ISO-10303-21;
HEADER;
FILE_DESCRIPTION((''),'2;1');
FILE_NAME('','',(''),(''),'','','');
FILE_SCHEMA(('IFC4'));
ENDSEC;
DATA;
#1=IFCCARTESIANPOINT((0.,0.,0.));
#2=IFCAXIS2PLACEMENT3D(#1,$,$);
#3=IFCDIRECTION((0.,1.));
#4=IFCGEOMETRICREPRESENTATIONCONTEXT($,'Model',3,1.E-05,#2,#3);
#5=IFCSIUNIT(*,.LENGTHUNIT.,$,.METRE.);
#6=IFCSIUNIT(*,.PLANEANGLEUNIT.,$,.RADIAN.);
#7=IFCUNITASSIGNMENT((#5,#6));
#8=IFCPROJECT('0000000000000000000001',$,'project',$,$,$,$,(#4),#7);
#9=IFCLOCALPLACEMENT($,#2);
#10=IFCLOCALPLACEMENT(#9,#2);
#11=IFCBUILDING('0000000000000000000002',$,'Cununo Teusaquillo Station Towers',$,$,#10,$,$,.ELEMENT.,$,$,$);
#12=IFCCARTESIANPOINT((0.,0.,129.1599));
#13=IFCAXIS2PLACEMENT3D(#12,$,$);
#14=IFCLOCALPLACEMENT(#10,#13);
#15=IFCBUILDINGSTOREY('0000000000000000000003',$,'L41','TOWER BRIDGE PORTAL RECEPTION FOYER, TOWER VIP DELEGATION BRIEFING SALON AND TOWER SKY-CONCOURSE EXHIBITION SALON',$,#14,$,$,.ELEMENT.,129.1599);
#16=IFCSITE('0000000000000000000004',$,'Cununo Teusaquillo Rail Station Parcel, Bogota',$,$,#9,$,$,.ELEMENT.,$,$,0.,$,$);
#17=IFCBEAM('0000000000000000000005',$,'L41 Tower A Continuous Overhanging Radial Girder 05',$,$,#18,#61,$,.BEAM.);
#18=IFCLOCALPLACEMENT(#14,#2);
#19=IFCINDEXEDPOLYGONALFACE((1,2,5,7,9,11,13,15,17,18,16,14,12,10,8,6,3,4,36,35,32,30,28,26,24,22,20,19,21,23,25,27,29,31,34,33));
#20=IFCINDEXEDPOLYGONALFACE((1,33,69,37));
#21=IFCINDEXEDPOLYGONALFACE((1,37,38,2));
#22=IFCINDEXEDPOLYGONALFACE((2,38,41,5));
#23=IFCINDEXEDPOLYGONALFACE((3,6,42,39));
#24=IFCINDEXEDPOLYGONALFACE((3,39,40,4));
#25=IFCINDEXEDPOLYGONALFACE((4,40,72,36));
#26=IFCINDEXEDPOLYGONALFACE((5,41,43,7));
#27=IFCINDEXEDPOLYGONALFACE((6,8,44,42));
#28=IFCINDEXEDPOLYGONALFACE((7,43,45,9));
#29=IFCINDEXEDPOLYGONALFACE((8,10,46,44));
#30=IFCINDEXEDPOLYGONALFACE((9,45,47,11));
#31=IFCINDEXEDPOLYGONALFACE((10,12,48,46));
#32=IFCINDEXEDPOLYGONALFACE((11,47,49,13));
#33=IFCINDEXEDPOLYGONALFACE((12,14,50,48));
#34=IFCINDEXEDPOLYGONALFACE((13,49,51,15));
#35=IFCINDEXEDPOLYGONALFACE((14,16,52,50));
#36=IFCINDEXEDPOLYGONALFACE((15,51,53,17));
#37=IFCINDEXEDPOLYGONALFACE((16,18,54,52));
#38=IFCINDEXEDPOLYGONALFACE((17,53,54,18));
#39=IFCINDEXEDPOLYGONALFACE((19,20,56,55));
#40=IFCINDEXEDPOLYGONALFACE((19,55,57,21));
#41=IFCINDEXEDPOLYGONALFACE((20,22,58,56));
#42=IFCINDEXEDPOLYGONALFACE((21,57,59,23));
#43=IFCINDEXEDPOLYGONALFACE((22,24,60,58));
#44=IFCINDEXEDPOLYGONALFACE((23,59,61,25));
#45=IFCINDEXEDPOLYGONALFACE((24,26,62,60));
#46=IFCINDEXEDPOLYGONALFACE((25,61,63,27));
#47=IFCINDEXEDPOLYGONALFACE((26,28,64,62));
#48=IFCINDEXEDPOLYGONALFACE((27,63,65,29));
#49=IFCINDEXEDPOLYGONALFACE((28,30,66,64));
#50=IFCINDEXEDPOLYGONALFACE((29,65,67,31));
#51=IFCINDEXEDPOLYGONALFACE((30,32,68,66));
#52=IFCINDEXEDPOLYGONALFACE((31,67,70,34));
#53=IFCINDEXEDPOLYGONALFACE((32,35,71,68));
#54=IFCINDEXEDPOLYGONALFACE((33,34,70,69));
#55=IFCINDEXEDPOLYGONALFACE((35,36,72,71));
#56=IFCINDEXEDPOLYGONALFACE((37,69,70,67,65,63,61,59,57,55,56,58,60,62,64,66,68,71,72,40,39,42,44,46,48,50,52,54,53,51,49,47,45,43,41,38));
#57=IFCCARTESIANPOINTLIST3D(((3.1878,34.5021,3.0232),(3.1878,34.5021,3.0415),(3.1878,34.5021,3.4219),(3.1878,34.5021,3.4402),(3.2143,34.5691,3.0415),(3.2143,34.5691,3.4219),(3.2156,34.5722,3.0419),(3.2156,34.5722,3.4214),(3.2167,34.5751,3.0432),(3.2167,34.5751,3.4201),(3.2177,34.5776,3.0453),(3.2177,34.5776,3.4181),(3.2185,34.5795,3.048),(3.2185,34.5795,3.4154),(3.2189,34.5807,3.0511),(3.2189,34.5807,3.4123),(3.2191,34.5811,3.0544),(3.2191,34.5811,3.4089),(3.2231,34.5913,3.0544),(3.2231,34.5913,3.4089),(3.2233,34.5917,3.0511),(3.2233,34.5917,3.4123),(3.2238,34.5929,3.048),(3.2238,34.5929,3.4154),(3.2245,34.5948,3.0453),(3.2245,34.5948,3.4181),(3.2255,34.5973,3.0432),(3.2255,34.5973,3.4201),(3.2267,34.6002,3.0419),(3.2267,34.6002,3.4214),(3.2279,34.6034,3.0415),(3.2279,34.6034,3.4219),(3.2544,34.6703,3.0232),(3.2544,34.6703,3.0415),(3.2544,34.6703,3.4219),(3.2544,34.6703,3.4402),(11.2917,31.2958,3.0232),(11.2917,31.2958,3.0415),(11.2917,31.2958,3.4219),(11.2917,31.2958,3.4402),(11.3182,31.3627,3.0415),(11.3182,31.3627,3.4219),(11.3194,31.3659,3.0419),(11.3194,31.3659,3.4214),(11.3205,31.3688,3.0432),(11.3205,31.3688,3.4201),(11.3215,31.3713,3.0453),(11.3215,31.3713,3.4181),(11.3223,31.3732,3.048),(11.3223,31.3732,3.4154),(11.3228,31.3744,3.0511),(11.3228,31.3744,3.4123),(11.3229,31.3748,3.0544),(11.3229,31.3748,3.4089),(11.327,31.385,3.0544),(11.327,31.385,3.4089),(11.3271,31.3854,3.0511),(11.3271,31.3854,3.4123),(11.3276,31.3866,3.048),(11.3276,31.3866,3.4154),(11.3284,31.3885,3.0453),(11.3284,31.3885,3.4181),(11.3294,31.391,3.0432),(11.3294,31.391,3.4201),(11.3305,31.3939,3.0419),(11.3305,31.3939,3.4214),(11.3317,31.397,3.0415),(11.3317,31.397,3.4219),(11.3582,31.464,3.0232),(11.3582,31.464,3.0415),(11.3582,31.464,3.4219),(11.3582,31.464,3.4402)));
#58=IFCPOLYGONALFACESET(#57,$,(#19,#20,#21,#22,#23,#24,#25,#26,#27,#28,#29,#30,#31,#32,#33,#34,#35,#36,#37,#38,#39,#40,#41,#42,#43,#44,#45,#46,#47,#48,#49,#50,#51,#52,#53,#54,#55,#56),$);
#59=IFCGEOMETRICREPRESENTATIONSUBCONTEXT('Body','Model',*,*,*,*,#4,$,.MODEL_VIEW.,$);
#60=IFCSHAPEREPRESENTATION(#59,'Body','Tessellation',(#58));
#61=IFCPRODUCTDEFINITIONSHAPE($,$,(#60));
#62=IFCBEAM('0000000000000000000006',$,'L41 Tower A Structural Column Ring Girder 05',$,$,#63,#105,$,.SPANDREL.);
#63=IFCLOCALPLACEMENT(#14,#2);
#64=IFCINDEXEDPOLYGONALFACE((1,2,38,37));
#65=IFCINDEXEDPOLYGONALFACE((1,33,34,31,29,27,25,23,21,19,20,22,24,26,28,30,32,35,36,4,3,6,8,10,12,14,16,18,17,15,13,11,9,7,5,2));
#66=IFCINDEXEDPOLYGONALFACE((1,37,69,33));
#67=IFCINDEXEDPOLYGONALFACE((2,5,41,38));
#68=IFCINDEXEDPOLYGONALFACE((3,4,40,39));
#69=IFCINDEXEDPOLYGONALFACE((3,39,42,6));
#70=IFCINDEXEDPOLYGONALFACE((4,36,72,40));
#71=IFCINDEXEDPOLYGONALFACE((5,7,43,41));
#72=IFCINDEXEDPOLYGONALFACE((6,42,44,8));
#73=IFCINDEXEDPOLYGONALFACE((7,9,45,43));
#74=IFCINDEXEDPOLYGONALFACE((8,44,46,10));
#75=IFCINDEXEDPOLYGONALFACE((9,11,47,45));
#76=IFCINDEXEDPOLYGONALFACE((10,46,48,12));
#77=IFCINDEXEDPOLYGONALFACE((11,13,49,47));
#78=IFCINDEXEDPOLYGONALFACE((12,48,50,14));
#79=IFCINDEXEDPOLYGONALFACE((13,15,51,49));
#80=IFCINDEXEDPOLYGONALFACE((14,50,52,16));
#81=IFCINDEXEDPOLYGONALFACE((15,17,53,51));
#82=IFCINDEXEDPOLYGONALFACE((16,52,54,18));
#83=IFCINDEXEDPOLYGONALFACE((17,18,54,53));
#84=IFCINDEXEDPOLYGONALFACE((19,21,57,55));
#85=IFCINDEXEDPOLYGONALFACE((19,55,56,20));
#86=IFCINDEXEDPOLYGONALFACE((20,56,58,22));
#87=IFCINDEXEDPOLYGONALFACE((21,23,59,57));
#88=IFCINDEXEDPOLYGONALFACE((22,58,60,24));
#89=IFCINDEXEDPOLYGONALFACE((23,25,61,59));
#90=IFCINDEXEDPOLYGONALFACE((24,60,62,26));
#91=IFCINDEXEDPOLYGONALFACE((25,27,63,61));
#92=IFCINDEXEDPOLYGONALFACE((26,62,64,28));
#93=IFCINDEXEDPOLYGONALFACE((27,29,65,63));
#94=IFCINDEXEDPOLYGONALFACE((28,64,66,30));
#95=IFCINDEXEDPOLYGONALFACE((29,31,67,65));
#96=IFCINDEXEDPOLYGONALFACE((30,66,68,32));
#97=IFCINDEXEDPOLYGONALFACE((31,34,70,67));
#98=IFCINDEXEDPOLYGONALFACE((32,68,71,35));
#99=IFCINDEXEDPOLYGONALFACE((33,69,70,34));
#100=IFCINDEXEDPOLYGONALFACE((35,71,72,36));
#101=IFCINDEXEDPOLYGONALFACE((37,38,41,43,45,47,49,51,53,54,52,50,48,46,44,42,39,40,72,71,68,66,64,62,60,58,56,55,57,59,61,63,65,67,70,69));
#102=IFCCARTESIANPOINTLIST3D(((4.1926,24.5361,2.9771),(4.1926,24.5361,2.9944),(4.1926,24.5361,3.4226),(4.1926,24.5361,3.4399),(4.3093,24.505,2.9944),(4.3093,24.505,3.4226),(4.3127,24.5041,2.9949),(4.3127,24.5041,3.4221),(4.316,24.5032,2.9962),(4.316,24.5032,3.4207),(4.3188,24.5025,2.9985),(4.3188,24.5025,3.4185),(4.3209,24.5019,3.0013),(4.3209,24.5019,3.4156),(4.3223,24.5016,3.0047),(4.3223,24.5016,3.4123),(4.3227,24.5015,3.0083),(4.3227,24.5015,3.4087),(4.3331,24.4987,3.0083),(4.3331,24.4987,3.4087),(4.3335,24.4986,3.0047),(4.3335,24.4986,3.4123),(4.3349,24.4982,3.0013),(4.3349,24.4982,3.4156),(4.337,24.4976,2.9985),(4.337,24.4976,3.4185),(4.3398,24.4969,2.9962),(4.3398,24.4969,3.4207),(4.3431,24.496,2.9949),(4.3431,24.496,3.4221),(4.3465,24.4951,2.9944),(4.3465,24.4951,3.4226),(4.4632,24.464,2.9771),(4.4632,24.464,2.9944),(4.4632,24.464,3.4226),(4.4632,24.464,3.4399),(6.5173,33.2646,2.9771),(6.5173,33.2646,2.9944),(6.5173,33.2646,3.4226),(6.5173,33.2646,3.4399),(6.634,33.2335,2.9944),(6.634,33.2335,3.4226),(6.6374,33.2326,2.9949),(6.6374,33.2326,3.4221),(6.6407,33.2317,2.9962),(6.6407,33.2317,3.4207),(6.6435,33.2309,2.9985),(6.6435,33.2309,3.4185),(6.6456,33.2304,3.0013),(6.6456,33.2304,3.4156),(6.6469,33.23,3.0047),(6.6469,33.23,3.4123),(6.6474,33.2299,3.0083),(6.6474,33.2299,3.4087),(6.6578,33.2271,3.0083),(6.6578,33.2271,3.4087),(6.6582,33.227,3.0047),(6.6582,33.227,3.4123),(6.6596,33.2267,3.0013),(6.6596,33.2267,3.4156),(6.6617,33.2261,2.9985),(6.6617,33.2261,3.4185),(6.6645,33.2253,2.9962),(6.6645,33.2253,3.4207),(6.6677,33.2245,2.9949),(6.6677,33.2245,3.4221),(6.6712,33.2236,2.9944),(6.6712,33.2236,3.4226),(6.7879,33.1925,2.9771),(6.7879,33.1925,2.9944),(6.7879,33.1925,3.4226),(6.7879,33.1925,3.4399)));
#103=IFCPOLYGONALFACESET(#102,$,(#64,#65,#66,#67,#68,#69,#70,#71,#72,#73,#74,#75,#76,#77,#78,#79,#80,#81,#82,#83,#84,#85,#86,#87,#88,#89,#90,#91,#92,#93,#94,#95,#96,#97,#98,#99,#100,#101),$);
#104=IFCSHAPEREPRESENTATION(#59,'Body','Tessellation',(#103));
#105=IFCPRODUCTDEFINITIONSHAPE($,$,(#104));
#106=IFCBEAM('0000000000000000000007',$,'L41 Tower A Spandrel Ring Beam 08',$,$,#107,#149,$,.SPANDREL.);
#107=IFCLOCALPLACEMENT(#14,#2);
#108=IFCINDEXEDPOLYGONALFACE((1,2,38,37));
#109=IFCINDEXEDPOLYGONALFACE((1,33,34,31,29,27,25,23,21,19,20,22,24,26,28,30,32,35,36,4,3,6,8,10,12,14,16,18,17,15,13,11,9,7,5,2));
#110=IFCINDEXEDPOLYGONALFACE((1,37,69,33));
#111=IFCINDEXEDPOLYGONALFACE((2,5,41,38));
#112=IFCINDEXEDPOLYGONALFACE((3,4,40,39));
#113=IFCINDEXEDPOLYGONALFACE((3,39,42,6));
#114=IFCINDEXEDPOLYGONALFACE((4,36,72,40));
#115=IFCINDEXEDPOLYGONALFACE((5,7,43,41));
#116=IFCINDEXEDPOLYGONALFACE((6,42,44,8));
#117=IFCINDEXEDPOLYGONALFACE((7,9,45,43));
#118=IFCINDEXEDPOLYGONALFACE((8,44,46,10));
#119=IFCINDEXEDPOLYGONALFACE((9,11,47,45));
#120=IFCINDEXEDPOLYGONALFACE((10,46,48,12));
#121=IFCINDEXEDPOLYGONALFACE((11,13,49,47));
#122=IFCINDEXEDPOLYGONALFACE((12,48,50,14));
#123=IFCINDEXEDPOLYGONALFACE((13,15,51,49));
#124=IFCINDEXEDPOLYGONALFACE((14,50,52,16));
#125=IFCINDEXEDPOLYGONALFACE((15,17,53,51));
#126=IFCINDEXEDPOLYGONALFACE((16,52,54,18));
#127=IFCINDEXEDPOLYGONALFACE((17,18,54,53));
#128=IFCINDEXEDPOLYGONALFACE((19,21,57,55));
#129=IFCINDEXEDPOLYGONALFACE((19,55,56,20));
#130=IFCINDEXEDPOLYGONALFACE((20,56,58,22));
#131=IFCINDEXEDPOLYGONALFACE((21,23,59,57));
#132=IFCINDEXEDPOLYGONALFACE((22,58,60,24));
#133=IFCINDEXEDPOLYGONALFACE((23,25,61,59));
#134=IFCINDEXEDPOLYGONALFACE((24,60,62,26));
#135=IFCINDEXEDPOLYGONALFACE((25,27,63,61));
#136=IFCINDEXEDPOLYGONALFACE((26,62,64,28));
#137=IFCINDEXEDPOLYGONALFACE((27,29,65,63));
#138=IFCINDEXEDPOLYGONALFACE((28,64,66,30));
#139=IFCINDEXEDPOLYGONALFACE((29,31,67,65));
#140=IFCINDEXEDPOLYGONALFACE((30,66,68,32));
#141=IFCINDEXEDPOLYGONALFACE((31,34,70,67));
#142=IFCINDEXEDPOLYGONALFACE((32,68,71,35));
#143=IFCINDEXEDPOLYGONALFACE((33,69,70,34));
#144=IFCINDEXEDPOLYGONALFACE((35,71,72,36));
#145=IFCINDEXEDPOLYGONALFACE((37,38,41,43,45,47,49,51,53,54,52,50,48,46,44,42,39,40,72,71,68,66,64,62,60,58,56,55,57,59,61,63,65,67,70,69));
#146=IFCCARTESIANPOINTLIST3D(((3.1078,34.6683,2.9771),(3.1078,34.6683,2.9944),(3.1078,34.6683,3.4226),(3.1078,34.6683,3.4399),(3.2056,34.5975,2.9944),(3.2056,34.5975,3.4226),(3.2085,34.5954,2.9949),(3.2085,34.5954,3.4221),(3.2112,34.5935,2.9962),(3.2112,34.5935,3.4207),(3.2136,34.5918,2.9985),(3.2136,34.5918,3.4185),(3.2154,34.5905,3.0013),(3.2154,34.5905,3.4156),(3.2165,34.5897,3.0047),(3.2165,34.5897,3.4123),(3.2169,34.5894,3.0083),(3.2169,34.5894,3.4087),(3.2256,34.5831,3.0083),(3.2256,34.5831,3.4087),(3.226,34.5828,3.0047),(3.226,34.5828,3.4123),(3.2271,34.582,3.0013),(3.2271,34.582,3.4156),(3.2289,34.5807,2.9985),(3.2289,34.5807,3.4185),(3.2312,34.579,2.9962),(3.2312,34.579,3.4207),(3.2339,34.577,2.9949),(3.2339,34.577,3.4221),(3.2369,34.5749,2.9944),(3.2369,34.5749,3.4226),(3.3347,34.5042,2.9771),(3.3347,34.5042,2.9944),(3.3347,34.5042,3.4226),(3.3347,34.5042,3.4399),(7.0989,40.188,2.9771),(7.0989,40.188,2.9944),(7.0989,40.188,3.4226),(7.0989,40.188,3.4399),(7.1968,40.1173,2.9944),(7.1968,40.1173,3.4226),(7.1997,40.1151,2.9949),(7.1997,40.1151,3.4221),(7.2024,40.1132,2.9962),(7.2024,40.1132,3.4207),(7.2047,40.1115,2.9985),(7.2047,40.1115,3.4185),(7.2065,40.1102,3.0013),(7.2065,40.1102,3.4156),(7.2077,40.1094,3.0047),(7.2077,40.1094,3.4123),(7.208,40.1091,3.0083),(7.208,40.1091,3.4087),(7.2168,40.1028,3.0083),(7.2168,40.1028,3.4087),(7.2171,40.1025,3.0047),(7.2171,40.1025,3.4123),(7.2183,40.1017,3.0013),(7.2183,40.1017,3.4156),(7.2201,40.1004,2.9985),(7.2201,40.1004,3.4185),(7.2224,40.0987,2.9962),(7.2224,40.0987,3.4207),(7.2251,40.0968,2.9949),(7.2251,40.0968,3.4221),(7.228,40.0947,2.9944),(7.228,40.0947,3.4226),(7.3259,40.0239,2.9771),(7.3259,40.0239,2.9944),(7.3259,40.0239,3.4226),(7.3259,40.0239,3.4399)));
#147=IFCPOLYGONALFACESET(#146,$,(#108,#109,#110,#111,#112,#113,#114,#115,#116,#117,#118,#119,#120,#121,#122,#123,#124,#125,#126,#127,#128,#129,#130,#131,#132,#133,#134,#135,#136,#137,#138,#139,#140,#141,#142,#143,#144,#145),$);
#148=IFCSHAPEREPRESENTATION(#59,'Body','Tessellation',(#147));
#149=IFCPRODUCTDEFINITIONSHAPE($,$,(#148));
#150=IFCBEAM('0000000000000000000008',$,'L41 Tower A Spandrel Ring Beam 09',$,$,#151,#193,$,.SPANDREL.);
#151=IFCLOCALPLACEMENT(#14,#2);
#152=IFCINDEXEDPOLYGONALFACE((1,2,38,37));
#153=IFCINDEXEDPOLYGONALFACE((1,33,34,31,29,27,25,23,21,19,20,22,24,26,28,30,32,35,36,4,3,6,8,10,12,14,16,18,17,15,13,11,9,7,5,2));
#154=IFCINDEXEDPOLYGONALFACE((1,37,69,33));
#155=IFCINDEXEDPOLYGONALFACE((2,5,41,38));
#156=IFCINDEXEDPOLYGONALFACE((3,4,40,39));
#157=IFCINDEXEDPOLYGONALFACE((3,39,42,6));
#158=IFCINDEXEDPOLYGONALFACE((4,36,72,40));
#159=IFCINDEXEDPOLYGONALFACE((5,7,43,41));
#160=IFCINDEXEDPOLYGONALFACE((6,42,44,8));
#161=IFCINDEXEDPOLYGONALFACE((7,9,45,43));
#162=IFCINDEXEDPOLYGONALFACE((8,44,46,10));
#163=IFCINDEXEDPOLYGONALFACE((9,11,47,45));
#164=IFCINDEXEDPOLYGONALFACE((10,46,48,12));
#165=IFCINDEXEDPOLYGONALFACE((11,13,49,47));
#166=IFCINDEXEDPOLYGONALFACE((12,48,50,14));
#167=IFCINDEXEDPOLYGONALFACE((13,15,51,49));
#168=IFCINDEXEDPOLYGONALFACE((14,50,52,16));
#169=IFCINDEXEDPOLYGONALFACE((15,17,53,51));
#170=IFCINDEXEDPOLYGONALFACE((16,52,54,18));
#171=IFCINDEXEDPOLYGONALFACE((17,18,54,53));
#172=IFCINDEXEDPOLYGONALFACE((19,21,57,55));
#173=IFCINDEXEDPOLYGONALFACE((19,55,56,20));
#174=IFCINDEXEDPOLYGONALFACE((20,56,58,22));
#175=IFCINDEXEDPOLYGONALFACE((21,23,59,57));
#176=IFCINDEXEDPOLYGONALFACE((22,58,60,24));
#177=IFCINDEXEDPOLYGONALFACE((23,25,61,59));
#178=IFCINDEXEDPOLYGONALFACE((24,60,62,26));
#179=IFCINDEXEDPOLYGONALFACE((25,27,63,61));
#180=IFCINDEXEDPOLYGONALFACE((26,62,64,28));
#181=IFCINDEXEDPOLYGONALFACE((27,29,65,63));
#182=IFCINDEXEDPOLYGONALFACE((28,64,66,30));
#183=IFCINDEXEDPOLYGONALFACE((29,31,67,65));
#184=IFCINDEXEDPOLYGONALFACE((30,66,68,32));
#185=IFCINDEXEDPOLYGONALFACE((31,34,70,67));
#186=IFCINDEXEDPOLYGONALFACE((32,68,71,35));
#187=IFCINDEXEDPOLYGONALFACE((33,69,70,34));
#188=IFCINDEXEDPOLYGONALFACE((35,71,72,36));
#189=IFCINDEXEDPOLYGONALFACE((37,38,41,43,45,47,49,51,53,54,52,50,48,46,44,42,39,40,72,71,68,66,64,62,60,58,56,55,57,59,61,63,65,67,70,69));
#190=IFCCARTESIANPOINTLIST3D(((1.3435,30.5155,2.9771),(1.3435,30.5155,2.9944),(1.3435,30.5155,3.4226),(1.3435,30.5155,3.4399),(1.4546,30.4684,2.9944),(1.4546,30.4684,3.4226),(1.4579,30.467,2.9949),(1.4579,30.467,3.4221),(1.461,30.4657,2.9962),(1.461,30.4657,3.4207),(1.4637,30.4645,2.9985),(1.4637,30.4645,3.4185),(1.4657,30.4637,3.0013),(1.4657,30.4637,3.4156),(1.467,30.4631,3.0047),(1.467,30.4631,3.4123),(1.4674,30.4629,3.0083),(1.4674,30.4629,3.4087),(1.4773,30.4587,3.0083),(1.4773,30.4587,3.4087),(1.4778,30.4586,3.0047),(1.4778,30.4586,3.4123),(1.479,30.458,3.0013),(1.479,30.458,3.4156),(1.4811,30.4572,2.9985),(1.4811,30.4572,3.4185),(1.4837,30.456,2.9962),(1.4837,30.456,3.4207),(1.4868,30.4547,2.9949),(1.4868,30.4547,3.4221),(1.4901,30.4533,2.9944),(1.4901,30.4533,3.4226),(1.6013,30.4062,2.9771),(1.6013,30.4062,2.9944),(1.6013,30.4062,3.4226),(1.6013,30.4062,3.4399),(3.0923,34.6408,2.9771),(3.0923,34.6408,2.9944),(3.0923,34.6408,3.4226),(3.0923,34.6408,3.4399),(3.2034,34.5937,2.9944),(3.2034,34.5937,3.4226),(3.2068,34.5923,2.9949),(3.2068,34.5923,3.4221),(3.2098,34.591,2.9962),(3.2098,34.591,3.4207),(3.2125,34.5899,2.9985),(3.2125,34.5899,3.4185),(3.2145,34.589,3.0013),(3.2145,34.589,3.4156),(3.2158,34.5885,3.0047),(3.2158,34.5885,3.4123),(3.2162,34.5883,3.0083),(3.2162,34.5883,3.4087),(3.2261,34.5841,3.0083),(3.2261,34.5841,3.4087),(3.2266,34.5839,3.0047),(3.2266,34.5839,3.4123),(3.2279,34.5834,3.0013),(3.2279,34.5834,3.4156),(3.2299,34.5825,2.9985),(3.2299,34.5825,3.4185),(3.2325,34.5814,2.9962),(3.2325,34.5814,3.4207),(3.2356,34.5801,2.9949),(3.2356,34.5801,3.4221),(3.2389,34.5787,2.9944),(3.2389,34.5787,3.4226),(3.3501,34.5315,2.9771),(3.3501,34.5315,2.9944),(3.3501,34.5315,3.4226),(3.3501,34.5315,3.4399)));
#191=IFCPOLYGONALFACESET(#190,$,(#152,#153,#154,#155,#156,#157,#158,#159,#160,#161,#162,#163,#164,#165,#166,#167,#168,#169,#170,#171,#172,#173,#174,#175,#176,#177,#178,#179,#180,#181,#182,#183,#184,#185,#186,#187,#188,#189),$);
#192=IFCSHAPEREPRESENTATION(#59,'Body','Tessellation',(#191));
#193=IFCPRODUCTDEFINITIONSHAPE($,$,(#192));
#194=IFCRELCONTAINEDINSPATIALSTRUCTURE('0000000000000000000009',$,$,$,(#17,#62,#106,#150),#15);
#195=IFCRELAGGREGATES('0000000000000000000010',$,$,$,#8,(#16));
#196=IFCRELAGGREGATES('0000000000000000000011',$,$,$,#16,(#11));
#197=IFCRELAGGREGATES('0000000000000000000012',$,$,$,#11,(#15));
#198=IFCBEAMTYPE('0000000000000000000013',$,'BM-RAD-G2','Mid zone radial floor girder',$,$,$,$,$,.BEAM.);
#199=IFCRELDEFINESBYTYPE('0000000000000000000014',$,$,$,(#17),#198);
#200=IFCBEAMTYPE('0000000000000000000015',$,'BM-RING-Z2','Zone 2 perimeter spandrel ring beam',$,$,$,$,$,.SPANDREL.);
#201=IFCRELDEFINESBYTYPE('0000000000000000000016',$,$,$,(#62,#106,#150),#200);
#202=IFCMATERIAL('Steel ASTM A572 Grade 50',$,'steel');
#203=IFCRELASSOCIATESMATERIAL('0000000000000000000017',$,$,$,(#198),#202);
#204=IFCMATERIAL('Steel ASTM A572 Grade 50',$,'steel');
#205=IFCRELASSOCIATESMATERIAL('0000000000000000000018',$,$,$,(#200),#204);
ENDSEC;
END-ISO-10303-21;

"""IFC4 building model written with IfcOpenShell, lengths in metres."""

from ifc_helpers import new_model, si_unit, direction, frame, origin, origin_2d, place, context, subcontext, project, spatial, i_section, extrude, material, material_profile, profile_set, type_object, element, save


model = new_model("IFC4")

# Units and contexts
model_context = context("Model", 3, precision=1e-05, world=origin(), true_north=direction((0.0, 1.0)))
body_context = subcontext(model_context, "Body", "Model", "MODEL_VIEW")
ifc_project = project(units=[si_unit("LENGTHUNIT", "METRE"), si_unit("PLANEANGLEUNIT", "RADIAN")], contexts=[model_context])

# Site, building, storey
site_placement = place(None, origin())
site = spatial("IfcSite", under=ifc_project, at=site_placement, Name="Cununo Teusaquillo Rail Station Parcel, Bogota", CompositionType="ELEMENT", RefElevation=0.0)
building_placement = place(site_placement, origin())
building = spatial("IfcBuilding", under=site, at=building_placement, Name="Cununo Teusaquillo Station Towers", CompositionType="ELEMENT")
storey_placement = place(building_placement, frame((0.0, 0.0, 129.1599)))
storey = spatial("IfcBuildingStorey", under=building, at=storey_placement, Name="L41", Description="TOWER BRIDGE PORTAL RECEPTION FOYER, TOWER VIP DELEGATION BRIEFING SALON AND TOWER SKY-CONCOURSE EXHIBITION SALON", CompositionType="ELEMENT", Elevation=129.1599)

# Beams
ifc_material_1 = material(Name="Steel ASTM A572 Grade 50", Category="steel")
ifc_material_profile_1 = material_profile(ifc_material_1, i_section(OverallWidth=0.1809, OverallDepth=0.417, WebThickness=0.011, FlangeThickness=0.0183, FilletRadius=0.0129, at=origin_2d()), Name="W16X57")
ifc_profile_set_1 = profile_set([ifc_material_profile_1], Name="Steel ASTM A572 Grade 50")
beam_type_1 = type_object("IfcBeamType", Name="BM-RAD-G2", Description="Mid zone radial floor girder", PredefinedType="BEAM", material=ifc_profile_set_1)
beam_1_placement = place(storey_placement, frame((11.325, 31.3799, 3.2317), z_axis=(-0.929863, 0.367906, 0.0), x_axis=(-0.367906, -0.929863, 0.0)))
element("IfcBeam", 1, at=beam_1_placement, inside=storey, type_object=beam_type_1, Name="L41 Tower A Continuous Overhanging Radial Girder 05", PredefinedType="BEAM", context=body_context, shape_type="SweptSolid", body=[
    extrude(i_section(OverallWidth=0.1809, OverallDepth=0.417, WebThickness=0.011, FlangeThickness=0.0183, FilletRadius=0.0129, at=origin_2d()), origin(), (0.0, 0.0, 1.0), 8.7151),
])
ifc_material_2 = material(Name="Steel ASTM A572 Grade 50", Category="steel")
ifc_material_profile_2 = material_profile(ifc_material_2, i_section(OverallWidth=0.28, OverallDepth=0.4629, WebThickness=0.0107, FlangeThickness=0.0173, FilletRadius=0.0139, at=origin_2d()), Name="W18X76")
ifc_profile_set_2 = profile_set([ifc_material_profile_2], Name="Steel ASTM A572 Grade 50")
beam_type_2 = type_object("IfcBeamType", Name="BM-RING-Z2", Description="Zone 2 perimeter spandrel ring beam", PredefinedType="SPANDREL", material=ifc_profile_set_2)
beam_2_placement = place(storey_placement, frame((6.6526, 33.2285, 3.2085), z_axis=(-0.257363, -0.966315, 0.0), x_axis=(0.966315, -0.257363, 0.0)))
element("IfcBeam", 2, at=beam_2_placement, inside=storey, type_object=beam_type_2, Name="L41 Tower A Structural Column Ring Girder 05", PredefinedType="SPANDREL", context=body_context, shape_type="SweptSolid", body=[
    extrude(i_section(OverallWidth=0.28, OverallDepth=0.4629, WebThickness=0.0107, FlangeThickness=0.0173, FilletRadius=0.0139, at=origin_2d()), origin(), (0.0, 0.0, 1.0), 9.0327),
])
beam_3_placement = place(storey_placement, frame((7.2124, 40.106, 3.2085), z_axis=(-0.585945, -0.810351, 0.0), x_axis=(0.810351, -0.585945, 0.0)))
element("IfcBeam", 3, at=beam_3_placement, inside=storey, type_object=beam_type_2, Name="L41 Tower A Spandrel Ring Beam 08", PredefinedType="SPANDREL", context=body_context, shape_type="SweptSolid", body=[
    extrude(i_section(OverallWidth=0.28, OverallDepth=0.4629, WebThickness=0.0107, FlangeThickness=0.0173, FilletRadius=0.0139, at=origin_2d()), origin(), (0.0, 0.0, 1.0), 6.8115),
])
beam_4_placement = place(storey_placement, frame((3.2212, 34.5862, 3.2085), z_axis=(-0.390299, -0.920688, 0.0), x_axis=(0.920688, -0.390299, 0.0)))
element("IfcBeam", 4, at=beam_4_placement, inside=storey, type_object=beam_type_2, Name="L41 Tower A Spandrel Ring Beam 09", PredefinedType="SPANDREL", context=body_context, shape_type="SweptSolid", body=[
    extrude(i_section(OverallWidth=0.28, OverallDepth=0.4629, WebThickness=0.0107, FlangeThickness=0.0173, FilletRadius=0.0139, at=origin_2d()), origin(), (0.0, 0.0, 1.0), 4.4807),
])

save(model, "model.ifc")
